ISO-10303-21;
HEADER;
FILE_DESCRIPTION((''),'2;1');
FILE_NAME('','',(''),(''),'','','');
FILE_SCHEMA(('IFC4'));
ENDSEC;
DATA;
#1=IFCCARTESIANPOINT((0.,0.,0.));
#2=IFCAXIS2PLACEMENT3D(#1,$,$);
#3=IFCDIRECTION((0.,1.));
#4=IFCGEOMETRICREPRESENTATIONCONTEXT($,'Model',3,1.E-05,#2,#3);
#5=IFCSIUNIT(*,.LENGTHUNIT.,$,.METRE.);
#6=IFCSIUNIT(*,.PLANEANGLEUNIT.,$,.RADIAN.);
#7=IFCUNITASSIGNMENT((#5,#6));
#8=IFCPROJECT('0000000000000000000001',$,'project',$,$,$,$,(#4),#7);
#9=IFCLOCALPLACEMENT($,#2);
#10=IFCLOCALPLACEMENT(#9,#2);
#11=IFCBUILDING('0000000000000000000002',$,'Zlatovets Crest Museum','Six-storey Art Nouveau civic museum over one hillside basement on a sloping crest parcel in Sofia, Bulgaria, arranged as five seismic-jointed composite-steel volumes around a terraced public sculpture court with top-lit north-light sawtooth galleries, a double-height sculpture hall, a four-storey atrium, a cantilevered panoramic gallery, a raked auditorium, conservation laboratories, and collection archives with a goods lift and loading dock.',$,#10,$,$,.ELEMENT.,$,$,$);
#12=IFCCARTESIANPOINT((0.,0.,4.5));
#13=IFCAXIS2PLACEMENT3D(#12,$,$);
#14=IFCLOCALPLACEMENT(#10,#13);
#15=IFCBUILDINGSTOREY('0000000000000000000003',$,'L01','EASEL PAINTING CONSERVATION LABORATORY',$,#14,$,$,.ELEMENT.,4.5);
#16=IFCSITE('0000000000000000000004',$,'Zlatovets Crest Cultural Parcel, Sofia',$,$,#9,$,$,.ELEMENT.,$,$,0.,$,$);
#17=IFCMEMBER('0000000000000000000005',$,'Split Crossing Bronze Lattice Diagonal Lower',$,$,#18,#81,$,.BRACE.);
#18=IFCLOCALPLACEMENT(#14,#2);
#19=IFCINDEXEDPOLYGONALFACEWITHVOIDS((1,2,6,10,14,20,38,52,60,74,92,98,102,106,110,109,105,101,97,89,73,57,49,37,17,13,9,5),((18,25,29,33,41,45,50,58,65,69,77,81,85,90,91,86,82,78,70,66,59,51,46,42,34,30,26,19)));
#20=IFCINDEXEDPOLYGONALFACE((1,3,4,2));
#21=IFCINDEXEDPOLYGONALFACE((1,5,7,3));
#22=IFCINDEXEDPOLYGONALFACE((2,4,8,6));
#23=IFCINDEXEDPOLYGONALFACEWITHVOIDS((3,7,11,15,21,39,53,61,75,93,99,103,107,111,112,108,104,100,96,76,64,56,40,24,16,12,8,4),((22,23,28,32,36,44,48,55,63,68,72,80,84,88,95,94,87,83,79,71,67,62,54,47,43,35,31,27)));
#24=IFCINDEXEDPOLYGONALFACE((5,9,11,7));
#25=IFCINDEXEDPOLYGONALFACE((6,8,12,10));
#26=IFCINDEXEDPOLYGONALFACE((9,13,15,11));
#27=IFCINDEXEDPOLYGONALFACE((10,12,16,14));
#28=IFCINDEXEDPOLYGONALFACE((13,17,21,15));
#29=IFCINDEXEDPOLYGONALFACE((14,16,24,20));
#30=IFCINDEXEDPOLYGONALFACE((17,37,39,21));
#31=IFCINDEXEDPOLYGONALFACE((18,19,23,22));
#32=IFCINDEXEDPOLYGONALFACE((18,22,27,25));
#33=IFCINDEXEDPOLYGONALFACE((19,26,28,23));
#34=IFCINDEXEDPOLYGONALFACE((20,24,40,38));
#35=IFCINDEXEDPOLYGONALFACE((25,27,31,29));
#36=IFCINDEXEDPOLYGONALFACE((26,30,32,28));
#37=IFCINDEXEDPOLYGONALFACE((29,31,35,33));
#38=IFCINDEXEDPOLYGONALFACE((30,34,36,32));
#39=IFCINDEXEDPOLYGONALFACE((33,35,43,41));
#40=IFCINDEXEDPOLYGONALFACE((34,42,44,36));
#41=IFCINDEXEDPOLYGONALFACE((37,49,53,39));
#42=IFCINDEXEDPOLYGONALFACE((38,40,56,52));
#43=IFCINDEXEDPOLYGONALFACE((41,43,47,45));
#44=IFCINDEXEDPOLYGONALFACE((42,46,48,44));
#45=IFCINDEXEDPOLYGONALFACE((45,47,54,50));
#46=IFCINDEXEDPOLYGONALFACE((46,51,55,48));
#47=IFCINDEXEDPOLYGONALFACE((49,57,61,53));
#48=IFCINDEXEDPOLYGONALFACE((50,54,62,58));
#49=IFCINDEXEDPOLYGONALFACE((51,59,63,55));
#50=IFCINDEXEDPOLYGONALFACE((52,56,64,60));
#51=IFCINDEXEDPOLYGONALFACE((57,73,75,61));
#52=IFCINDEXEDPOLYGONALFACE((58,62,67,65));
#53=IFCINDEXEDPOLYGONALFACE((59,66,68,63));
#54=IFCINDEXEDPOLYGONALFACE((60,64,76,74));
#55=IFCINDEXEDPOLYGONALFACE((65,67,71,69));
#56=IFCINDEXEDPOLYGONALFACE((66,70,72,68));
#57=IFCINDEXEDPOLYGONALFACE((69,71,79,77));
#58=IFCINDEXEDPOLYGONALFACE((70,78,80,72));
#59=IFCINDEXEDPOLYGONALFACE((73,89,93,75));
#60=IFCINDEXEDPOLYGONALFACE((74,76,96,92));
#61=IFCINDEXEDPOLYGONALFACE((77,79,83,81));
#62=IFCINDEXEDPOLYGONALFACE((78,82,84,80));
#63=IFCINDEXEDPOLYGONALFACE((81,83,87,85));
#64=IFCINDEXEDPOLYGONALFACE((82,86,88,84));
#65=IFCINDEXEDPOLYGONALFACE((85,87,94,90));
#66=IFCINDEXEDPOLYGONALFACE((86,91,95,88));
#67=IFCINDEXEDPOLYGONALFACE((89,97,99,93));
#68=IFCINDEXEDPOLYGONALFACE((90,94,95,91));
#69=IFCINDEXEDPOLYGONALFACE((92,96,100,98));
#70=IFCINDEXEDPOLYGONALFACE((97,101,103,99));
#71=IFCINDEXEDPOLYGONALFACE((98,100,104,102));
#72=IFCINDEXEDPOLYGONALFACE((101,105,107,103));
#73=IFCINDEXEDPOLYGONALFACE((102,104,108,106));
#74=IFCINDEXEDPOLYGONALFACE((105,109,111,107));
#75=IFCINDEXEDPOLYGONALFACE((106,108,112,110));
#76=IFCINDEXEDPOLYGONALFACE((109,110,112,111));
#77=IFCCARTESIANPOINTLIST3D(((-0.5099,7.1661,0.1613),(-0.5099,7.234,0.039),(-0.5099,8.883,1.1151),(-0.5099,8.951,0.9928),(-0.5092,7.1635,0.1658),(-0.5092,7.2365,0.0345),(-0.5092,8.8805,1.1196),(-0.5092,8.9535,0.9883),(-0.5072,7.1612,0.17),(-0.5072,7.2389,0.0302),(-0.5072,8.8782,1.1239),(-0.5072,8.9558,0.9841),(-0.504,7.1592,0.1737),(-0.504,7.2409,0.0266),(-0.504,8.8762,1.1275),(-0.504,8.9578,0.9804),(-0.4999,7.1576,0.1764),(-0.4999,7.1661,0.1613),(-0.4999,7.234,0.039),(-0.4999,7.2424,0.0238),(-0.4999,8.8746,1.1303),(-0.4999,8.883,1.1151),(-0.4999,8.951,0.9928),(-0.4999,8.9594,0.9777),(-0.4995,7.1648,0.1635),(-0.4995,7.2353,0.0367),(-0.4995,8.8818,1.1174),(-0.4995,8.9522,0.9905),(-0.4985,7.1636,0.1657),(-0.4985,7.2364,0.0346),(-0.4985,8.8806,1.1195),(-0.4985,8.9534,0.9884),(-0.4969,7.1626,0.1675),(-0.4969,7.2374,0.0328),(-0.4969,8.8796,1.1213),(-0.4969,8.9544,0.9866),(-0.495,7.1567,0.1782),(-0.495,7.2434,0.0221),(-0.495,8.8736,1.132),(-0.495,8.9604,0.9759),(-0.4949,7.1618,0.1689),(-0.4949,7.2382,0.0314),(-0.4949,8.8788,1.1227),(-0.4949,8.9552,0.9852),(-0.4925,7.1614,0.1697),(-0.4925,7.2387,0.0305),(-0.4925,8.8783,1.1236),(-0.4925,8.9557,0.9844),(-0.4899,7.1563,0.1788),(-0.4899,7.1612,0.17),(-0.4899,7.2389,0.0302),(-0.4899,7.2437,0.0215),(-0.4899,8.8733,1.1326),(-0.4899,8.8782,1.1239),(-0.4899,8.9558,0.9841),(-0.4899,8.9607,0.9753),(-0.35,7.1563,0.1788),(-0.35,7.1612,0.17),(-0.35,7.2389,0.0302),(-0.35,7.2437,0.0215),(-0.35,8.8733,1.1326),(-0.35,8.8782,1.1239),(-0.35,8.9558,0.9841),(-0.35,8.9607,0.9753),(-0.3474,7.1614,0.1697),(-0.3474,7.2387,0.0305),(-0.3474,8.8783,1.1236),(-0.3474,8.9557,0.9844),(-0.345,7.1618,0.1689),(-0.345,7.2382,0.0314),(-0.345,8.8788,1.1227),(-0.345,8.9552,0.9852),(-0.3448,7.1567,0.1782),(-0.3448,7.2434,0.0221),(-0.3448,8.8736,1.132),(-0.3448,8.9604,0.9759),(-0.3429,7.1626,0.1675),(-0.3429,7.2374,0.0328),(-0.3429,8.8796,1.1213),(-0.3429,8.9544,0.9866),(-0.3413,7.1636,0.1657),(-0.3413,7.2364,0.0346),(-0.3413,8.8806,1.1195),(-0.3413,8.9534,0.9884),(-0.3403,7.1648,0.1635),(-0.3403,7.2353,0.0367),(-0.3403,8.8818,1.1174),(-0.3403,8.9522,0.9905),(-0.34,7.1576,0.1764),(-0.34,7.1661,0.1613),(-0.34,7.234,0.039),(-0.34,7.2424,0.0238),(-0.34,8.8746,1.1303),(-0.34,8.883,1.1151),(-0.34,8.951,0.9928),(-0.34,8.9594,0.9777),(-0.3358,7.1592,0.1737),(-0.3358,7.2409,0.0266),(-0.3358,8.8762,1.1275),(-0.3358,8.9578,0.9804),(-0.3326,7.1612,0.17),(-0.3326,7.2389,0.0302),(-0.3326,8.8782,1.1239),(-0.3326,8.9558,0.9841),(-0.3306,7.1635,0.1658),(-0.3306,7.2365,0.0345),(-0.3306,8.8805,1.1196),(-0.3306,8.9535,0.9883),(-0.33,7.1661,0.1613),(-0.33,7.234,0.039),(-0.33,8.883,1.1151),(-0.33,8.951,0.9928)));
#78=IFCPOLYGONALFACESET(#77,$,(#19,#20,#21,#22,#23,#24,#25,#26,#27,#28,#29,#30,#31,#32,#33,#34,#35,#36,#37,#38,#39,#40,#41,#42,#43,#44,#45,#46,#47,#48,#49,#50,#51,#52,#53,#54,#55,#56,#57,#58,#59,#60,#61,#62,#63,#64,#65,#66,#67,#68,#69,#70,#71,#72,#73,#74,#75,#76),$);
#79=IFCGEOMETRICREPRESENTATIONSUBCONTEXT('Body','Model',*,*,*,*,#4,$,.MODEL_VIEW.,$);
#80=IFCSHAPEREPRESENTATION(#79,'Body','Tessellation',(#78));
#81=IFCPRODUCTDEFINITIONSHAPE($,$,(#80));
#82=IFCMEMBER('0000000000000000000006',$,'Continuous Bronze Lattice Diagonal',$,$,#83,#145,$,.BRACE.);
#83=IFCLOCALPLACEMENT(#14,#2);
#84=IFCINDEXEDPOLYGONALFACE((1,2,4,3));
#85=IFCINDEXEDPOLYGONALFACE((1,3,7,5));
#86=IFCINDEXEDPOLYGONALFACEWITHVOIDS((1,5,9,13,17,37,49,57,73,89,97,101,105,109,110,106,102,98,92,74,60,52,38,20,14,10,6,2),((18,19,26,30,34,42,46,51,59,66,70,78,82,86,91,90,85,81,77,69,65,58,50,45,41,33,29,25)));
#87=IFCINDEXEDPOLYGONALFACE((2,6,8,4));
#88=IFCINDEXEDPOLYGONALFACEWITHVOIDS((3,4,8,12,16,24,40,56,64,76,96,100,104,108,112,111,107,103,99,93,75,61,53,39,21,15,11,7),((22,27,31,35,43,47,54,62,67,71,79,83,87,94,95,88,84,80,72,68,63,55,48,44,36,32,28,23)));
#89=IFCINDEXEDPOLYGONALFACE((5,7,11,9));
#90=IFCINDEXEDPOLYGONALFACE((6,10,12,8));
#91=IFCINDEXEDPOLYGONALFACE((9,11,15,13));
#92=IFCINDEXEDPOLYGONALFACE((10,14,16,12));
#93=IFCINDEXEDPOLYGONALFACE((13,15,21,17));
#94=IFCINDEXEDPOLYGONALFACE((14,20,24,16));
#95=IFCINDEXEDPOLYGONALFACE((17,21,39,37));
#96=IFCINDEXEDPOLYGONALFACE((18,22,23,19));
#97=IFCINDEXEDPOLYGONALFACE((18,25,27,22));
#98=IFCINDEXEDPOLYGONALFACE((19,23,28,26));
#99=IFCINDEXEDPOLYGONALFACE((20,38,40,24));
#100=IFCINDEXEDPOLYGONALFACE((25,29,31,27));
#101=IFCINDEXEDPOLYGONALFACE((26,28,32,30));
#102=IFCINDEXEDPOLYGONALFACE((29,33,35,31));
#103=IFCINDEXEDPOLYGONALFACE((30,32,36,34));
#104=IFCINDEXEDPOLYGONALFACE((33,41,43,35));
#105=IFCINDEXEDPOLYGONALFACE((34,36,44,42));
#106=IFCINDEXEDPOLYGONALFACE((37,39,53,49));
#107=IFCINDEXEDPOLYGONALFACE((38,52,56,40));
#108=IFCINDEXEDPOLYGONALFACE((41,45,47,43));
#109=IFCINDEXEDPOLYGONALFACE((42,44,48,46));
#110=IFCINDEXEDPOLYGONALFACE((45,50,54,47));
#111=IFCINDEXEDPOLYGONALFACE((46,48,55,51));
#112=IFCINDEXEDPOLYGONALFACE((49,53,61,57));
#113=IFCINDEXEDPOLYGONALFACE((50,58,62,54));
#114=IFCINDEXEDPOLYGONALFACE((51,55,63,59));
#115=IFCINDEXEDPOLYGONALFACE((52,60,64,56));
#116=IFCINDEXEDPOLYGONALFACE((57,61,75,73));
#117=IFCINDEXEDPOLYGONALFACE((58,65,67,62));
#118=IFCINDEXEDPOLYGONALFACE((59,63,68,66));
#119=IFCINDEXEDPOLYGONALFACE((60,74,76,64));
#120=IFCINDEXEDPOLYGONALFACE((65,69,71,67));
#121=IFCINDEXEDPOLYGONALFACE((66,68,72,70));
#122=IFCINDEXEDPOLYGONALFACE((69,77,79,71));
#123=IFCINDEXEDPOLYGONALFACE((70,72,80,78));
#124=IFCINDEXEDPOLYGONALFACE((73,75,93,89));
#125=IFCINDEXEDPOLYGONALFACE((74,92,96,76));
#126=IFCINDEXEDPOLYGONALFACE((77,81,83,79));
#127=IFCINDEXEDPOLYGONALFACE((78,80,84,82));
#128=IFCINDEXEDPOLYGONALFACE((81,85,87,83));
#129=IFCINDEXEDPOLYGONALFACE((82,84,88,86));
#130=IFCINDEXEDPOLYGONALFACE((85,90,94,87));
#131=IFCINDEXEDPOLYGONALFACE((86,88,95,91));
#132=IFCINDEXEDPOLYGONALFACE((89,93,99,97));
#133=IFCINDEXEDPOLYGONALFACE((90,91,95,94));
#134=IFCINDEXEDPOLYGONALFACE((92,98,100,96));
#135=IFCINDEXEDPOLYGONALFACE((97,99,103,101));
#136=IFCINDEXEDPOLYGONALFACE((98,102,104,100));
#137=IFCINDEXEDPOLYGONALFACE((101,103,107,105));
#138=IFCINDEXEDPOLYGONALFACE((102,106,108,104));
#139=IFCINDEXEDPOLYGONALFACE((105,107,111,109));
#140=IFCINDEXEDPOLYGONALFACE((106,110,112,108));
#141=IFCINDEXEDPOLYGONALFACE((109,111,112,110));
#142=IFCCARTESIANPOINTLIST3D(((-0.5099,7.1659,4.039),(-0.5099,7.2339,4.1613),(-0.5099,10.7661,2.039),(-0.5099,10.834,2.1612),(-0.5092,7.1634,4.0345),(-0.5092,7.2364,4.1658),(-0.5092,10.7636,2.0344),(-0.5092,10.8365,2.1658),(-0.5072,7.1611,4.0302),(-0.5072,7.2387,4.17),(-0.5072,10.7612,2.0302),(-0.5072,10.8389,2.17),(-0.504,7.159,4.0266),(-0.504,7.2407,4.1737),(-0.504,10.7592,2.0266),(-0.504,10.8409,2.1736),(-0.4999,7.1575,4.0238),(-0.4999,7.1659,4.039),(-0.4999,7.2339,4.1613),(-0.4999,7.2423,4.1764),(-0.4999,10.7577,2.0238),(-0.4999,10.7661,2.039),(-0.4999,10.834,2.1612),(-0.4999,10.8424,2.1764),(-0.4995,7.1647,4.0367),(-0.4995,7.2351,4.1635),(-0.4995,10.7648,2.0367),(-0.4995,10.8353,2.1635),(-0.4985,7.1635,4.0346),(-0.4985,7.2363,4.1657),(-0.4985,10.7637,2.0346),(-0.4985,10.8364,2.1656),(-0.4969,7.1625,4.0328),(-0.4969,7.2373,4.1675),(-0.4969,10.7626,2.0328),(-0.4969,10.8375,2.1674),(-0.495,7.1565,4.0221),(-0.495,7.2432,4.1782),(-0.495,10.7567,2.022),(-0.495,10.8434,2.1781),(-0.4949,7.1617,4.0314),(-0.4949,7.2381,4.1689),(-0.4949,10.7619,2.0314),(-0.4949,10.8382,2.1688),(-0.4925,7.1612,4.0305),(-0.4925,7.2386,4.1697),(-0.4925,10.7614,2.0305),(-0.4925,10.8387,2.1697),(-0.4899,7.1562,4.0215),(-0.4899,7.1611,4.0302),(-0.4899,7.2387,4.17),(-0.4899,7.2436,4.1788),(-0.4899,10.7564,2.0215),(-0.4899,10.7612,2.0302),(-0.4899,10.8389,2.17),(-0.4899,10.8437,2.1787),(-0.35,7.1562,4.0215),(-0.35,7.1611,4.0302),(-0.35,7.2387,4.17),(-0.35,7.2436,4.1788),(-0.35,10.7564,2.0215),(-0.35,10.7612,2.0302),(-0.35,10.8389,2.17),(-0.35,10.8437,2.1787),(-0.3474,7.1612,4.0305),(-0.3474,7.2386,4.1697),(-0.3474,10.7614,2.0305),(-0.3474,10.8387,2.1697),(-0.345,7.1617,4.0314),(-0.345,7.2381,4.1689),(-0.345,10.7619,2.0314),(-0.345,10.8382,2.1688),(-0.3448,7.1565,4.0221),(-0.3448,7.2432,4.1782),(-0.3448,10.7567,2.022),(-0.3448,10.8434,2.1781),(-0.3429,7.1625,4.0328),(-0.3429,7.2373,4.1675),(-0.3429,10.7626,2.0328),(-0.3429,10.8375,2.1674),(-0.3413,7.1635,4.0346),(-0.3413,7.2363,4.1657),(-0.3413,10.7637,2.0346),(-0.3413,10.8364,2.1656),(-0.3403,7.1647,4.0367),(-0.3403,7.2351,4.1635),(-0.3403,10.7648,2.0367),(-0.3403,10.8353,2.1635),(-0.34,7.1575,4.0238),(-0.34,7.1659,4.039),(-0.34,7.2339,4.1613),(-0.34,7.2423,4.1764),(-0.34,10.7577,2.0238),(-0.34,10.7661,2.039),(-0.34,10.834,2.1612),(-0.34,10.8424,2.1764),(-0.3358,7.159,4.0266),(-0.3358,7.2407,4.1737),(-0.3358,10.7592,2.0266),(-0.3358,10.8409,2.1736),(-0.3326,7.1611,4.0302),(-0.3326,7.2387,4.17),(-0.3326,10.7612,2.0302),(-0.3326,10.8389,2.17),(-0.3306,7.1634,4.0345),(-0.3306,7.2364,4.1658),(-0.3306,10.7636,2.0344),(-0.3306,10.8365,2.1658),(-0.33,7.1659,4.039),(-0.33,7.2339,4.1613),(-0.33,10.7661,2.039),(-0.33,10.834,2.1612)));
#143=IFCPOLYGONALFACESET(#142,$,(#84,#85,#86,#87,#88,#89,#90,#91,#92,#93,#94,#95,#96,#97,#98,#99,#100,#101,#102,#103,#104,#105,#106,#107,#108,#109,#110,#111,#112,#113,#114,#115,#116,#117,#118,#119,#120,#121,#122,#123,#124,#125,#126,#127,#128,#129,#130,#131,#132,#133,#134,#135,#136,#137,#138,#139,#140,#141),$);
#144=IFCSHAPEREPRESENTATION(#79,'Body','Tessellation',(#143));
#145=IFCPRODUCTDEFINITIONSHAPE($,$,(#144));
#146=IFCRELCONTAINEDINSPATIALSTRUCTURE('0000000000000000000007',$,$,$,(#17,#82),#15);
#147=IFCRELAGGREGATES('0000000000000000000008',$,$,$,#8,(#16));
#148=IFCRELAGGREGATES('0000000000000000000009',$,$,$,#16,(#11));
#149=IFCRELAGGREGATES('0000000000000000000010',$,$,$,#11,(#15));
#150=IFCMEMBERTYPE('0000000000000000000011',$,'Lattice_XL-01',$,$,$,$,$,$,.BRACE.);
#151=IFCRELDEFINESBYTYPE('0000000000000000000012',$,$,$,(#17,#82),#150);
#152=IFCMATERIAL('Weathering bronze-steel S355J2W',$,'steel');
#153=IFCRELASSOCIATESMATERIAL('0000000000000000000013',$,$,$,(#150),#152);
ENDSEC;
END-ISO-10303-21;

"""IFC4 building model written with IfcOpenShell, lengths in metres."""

from ifc_helpers import new_model, si_unit, direction, frame, origin, origin_2d, place, context, subcontext, project, spatial, hollow_rectangle, extrude, material, material_profile, profile_set, type_object, element, save


model = new_model("IFC4")

# Units and contexts
model_context = context("Model", 3, precision=1e-05, world=origin(), true_north=direction((0.0, 1.0)))
body_context = subcontext(model_context, "Body", "Model", "MODEL_VIEW")
ifc_project = project(units=[si_unit("LENGTHUNIT", "METRE"), si_unit("PLANEANGLEUNIT", "RADIAN")], contexts=[model_context])

# Site, building, storey
site_placement = place(None, origin())
site = spatial("IfcSite", under=ifc_project, at=site_placement, Name="Zlatovets Crest Cultural Parcel, Sofia", CompositionType="ELEMENT", RefElevation=0.0)
building_placement = place(site_placement, origin())
building = spatial("IfcBuilding", under=site, at=building_placement, Name="Zlatovets Crest Museum", Description="Six-storey Art Nouveau civic museum over one hillside basement on a sloping crest parcel in Sofia, Bulgaria, arranged as five seismic-jointed composite-steel volumes around a terraced public sculpture court with top-lit north-light sawtooth galleries, a double-height sculpture hall, a four-storey atrium, a cantilevered panoramic gallery, a raked auditorium, conservation laboratories, and collection archives with a goods lift and loading dock.", CompositionType="ELEMENT")
storey_placement = place(building_placement, frame((0.0, 0.0, 4.5)))
storey = spatial("IfcBuildingStorey", under=building, at=storey_placement, Name="L01", Description="EASEL PAINTING CONSERVATION LABORATORY", CompositionType="ELEMENT", Elevation=4.5)

# Members
ifc_material_1 = material(Name="Weathering bronze-steel S355J2W", Category="steel")
ifc_material_profile_1 = material_profile(ifc_material_1, hollow_rectangle(XDim=0.1799, YDim=0.1799, WallThickness=0.01, InnerFilletRadius=0.01, OuterFilletRadius=0.02, at=origin_2d()), Name="SHS 180x180x10.0")
ifc_profile_set_1 = profile_set([ifc_material_profile_1], Name="Weathering bronze-steel S355J2W")
member_type = type_object("IfcMemberType", Name="Lattice_XL-01", PredefinedType="BRACE", material=ifc_profile_set_1)
member_1_placement = place(storey_placement, frame((-0.4199, 8.917, 1.054), z_axis=(0.0, -0.874169, -0.485622), x_axis=(1.0, 0.0, 0.0)))
element("IfcMember", 1, at=member_1_placement, inside=storey, type_object=member_type, Name="Split Crossing Bronze Lattice Diagonal Lower", PredefinedType="BRACE", context=body_context, shape_type="SweptSolid", body=[
    extrude(hollow_rectangle(XDim=0.1799, YDim=0.1799, WallThickness=0.01, InnerFilletRadius=0.01, OuterFilletRadius=0.02, at=origin_2d()), origin(), (0.0, 0.0, 1.0), 1.9641),
])
member_2_placement = place(storey_placement, frame((-0.4199, 10.8, 2.1001), z_axis=(0.0, -0.874163, 0.485633), x_axis=(1.0, 0.0, 0.0)))
element("IfcMember", 2, at=member_2_placement, inside=storey, type_object=member_type, Name="Continuous Bronze Lattice Diagonal", PredefinedType="BRACE", context=body_context, shape_type="SweptSolid", body=[
    extrude(hollow_rectangle(XDim=0.1799, YDim=0.1799, WallThickness=0.01, InnerFilletRadius=0.01, OuterFilletRadius=0.02, at=origin_2d()), origin(), (0.0, 0.0, 1.0), 4.1184),
])

save(model, "model.ifc")
